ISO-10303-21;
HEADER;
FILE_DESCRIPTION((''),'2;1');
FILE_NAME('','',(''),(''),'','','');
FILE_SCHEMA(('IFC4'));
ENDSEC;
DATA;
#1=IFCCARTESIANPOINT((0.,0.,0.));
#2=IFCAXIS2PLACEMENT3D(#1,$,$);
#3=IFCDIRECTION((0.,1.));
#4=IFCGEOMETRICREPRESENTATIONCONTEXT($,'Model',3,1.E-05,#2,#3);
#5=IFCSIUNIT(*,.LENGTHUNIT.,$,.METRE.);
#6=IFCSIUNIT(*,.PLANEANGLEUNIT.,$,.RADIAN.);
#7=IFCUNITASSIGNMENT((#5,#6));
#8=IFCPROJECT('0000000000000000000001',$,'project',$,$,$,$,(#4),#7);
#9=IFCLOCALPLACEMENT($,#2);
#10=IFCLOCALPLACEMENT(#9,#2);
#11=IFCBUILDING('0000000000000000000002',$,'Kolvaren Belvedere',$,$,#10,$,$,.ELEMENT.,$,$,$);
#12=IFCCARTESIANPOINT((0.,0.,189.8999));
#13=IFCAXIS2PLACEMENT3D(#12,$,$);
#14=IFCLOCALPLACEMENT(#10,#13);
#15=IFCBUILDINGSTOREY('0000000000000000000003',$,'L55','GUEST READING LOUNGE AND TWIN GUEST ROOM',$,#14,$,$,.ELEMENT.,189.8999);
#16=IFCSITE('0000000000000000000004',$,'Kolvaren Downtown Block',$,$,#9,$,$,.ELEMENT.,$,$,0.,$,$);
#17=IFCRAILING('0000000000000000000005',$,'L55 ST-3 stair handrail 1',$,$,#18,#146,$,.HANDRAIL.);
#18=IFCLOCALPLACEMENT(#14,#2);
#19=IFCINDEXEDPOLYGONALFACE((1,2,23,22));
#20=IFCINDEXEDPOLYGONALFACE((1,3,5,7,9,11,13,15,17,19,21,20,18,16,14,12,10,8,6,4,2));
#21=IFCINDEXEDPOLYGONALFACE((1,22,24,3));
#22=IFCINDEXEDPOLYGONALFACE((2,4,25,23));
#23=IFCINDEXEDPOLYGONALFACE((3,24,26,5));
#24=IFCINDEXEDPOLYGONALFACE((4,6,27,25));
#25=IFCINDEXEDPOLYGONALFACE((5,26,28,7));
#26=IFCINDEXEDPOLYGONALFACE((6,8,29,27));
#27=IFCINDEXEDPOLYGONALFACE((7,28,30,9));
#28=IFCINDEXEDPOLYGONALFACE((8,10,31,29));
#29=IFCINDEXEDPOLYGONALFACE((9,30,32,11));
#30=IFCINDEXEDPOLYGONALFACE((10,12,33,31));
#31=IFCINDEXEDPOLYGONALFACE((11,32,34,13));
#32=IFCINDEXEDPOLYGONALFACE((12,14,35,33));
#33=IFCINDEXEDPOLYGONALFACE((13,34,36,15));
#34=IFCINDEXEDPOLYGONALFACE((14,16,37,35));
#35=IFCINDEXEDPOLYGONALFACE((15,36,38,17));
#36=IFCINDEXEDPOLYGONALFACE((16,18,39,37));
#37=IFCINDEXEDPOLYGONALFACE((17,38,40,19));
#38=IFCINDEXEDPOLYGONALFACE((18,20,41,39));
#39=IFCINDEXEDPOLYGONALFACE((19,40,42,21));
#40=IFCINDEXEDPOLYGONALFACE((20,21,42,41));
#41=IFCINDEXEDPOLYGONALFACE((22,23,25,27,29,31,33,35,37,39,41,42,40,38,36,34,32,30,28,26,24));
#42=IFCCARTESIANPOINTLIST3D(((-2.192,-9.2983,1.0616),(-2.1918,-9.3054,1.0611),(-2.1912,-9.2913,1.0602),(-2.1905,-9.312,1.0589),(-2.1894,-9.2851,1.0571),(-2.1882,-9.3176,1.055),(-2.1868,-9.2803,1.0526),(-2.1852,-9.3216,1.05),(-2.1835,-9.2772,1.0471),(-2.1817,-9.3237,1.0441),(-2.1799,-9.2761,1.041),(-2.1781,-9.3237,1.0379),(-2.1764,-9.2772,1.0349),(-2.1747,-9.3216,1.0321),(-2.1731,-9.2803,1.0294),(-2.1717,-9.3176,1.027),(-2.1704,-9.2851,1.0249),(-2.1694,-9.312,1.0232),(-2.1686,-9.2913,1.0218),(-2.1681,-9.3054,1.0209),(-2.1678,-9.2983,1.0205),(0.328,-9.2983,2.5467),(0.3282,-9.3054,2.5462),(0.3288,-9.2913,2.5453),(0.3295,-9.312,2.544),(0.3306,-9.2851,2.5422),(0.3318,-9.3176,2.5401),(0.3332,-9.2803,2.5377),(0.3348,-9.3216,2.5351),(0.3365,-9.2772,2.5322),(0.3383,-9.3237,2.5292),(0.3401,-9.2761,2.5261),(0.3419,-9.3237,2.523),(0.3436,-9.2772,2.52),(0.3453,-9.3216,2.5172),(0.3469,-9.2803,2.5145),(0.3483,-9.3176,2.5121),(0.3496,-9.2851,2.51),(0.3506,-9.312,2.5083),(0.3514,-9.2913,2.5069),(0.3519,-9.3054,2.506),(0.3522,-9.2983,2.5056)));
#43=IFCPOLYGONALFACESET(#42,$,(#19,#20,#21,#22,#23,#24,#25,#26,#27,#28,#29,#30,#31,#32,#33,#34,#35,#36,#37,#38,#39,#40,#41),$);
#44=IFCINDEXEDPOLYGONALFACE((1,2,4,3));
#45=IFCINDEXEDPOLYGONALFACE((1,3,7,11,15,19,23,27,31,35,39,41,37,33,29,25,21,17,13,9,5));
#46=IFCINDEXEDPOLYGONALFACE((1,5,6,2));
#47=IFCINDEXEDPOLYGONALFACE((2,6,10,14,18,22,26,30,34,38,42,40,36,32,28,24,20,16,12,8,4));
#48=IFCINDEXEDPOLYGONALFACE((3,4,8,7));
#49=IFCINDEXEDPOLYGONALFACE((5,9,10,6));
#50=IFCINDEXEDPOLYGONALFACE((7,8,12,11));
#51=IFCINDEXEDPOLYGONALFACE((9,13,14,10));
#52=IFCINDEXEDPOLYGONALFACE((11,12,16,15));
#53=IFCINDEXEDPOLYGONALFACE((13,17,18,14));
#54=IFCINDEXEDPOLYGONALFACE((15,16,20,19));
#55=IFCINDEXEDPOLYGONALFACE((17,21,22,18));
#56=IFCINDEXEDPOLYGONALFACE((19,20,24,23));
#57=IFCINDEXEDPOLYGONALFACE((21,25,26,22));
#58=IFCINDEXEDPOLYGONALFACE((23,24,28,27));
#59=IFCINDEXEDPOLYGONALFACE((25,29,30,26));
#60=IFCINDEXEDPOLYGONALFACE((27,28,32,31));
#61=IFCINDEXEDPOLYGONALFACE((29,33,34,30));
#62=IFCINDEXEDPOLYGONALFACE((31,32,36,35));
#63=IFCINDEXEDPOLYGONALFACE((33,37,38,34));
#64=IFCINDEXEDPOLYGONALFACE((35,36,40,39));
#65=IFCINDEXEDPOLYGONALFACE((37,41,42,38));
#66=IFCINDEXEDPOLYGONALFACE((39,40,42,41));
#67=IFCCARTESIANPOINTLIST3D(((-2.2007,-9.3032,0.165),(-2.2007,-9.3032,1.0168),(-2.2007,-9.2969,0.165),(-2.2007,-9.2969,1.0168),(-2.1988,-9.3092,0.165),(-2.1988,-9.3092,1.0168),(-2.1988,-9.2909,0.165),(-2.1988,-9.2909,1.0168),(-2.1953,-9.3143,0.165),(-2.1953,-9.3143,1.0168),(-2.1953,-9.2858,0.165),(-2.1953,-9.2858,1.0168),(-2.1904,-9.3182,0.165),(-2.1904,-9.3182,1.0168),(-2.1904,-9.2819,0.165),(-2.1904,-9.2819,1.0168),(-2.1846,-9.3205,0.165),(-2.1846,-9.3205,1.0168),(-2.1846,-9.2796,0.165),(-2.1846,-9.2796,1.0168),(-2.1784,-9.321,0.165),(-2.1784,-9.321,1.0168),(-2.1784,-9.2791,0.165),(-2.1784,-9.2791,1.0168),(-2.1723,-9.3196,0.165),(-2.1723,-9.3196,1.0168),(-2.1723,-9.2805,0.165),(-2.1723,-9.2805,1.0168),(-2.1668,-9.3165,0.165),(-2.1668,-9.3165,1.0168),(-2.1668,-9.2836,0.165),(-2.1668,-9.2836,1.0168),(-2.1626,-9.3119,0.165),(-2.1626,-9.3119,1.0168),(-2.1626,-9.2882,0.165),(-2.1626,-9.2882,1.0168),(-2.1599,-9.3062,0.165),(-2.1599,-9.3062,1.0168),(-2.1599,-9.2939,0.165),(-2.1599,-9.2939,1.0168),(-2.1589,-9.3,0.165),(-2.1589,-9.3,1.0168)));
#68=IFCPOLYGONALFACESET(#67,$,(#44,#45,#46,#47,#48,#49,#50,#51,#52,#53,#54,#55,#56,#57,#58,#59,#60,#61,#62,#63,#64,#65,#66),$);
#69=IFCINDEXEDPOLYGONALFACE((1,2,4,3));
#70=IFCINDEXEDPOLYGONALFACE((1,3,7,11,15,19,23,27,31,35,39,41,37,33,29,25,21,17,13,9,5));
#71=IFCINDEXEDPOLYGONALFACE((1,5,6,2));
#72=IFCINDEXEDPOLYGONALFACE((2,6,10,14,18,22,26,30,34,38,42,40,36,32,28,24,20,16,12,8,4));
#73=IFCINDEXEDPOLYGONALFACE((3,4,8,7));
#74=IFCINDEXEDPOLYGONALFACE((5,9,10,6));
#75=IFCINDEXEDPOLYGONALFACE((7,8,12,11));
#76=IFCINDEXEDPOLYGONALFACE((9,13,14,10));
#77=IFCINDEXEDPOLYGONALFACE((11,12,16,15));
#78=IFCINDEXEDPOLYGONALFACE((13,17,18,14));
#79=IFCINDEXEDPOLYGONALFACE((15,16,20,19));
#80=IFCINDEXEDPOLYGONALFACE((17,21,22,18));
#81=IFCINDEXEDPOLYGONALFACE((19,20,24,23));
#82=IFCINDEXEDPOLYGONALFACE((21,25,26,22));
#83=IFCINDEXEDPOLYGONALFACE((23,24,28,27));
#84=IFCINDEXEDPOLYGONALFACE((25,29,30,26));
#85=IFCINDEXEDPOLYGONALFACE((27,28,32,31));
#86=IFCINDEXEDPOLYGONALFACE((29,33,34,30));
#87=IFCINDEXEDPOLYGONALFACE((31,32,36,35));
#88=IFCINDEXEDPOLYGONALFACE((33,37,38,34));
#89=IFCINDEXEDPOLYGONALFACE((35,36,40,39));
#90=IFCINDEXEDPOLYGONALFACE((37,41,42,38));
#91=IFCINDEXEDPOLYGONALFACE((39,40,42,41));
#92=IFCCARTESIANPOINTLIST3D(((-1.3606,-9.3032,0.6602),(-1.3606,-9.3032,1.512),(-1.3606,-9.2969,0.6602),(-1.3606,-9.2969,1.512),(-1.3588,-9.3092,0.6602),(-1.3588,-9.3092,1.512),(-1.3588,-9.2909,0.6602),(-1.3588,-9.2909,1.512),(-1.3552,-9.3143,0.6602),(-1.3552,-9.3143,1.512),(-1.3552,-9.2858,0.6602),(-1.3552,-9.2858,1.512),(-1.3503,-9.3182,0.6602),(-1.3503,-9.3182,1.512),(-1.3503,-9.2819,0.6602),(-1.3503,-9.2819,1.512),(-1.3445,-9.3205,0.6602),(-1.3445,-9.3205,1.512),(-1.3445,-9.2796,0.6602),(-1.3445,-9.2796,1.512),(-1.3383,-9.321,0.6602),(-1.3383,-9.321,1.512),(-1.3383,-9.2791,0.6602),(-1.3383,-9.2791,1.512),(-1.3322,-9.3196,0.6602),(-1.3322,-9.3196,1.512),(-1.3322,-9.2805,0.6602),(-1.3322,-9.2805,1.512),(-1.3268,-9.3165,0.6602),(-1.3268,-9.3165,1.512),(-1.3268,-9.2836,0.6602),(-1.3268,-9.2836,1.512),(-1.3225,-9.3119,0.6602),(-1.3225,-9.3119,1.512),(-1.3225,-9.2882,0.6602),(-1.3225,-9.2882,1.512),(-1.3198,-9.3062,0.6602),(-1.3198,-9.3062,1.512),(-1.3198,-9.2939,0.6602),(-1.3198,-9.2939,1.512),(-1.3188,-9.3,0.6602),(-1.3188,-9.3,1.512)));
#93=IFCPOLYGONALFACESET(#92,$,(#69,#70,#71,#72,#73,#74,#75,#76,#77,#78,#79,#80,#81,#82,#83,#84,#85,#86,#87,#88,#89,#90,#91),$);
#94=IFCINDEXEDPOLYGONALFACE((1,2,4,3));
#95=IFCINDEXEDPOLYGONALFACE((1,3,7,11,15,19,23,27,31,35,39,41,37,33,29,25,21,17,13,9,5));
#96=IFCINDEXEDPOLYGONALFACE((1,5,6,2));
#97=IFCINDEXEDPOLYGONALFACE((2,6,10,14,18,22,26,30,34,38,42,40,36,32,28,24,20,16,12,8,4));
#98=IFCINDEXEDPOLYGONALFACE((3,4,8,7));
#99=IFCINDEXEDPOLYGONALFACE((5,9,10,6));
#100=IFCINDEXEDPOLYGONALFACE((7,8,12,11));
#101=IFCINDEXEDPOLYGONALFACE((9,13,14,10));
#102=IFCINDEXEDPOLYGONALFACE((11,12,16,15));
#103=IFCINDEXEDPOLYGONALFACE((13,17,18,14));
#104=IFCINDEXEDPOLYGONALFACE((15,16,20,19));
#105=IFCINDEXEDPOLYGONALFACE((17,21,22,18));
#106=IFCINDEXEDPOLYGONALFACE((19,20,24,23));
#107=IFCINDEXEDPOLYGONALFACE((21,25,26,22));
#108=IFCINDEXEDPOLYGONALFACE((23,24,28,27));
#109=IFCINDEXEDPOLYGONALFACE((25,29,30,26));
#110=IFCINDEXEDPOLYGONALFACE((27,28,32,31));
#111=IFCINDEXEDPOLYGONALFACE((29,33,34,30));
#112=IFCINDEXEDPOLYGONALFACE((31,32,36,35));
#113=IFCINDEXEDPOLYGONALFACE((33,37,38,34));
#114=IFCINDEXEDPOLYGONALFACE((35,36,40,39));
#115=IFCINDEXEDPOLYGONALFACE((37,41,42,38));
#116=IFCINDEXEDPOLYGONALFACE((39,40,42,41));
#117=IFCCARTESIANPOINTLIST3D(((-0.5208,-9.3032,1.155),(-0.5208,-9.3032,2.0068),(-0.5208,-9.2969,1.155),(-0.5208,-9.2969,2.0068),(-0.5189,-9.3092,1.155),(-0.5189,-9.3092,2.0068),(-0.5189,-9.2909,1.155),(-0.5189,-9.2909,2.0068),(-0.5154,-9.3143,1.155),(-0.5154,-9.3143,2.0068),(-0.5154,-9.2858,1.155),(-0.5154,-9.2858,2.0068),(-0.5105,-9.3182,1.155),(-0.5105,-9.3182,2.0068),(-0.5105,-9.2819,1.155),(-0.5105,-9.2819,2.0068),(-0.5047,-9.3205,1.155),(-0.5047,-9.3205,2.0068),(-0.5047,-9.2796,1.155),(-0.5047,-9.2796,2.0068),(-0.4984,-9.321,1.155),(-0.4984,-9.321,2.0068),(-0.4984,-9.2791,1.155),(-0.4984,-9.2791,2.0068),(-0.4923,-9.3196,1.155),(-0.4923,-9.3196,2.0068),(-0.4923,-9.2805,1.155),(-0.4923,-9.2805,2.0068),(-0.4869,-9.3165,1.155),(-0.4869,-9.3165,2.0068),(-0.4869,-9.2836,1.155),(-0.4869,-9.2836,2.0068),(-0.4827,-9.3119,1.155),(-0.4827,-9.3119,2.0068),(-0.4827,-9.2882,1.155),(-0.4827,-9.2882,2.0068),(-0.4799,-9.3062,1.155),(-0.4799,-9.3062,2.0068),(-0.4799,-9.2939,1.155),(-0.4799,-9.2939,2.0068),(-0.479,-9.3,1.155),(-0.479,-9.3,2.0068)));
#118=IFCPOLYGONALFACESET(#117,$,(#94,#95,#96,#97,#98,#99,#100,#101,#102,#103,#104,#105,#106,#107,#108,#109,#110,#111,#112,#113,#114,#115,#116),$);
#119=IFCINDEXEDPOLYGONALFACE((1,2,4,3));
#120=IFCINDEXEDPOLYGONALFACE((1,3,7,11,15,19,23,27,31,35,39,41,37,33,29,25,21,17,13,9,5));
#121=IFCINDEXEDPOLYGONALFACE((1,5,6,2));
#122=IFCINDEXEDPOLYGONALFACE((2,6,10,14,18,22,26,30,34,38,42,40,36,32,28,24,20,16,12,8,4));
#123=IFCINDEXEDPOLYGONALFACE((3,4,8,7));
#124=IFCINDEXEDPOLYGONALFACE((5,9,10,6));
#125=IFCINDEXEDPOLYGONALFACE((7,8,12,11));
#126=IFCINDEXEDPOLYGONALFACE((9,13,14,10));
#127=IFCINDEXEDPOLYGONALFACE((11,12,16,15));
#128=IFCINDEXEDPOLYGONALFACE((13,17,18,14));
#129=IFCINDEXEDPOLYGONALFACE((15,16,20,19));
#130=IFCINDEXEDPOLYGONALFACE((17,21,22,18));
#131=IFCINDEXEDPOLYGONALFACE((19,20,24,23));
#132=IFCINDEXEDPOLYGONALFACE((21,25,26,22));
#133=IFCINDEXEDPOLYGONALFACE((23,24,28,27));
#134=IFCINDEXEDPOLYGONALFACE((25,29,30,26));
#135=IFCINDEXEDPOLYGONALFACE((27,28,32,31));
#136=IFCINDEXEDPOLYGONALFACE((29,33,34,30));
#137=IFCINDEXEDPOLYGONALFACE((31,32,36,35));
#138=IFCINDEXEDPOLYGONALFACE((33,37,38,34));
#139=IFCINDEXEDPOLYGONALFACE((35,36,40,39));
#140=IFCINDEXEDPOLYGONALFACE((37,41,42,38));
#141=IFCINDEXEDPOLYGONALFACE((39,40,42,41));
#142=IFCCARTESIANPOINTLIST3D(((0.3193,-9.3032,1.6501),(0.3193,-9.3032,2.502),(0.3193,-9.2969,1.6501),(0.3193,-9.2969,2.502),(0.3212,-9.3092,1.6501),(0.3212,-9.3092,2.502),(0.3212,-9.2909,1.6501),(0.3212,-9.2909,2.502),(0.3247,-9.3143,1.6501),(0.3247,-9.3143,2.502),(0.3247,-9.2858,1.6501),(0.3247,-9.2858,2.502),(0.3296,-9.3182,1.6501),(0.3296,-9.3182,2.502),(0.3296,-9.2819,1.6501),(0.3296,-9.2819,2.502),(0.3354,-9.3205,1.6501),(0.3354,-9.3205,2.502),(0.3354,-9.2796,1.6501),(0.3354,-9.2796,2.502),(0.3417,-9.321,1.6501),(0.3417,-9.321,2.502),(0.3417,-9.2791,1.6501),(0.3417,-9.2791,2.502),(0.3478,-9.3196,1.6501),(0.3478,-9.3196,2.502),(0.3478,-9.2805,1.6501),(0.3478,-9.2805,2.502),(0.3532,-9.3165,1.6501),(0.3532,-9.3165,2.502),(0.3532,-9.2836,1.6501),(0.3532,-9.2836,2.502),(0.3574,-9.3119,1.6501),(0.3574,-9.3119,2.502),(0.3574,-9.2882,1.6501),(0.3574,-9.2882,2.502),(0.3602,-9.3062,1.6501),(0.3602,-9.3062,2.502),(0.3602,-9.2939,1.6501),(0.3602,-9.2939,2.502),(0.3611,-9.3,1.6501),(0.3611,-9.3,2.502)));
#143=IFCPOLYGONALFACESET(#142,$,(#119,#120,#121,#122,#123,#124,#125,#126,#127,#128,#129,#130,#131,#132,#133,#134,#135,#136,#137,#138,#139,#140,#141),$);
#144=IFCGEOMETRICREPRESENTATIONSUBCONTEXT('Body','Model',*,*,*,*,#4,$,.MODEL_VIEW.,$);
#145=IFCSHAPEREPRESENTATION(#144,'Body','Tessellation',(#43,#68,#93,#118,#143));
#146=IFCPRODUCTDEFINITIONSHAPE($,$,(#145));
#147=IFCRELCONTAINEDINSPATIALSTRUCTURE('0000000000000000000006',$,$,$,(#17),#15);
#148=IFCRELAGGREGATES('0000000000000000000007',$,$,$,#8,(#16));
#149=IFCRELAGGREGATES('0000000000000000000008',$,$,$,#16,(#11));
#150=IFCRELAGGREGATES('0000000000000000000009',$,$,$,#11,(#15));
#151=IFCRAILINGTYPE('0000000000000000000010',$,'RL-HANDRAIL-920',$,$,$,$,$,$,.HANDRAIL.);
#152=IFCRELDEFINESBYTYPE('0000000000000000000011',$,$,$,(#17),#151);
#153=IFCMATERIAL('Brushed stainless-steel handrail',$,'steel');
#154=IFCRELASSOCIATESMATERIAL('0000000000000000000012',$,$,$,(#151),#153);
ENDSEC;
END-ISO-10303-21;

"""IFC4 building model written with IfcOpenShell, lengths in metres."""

from ifc_helpers import new_model, si_unit, direction, frame, origin, origin_2d, place, context, subcontext, project, spatial, circle, extrude, material, type_object, element, save


model = new_model("IFC4")

# Units and contexts
model_context = context("Model", 3, precision=1e-05, world=origin(), true_north=direction((0.0, 1.0)))
body_context = subcontext(model_context, "Body", "Model", "MODEL_VIEW")
ifc_project = project(units=[si_unit("LENGTHUNIT", "METRE"), si_unit("PLANEANGLEUNIT", "RADIAN")], contexts=[model_context])

# Site, building, storey
site_placement = place(None, origin())
site = spatial("IfcSite", under=ifc_project, at=site_placement, Name="Kolvaren Downtown Block", CompositionType="ELEMENT", RefElevation=0.0)
building_placement = place(site_placement, origin())
building = spatial("IfcBuilding", under=site, at=building_placement, Name="Kolvaren Belvedere", CompositionType="ELEMENT")
storey_placement = place(building_placement, frame((0.0, 0.0, 189.8999)))
storey = spatial("IfcBuildingStorey", under=building, at=storey_placement, Name="L55", Description="GUEST READING LOUNGE AND TWIN GUEST ROOM", CompositionType="ELEMENT", Elevation=189.8999)

# Railing
ifc_material_1 = material(Name="Brushed stainless-steel handrail", Category="steel")
railing_type_1 = type_object("IfcRailingType", Name="RL-HANDRAIL-920", PredefinedType="HANDRAIL", material=ifc_material_1)
railing_1_placement = place(storey_placement, frame((-2.1799, -9.3, 0.165)))
element("IfcRailing", 1, at=railing_1_placement, inside=storey, type_object=railing_type_1, Name="L55 ST-3 stair handrail 1", PredefinedType="HANDRAIL", context=body_context, shape_type="SweptSolid", body=[
    extrude(circle(Radius=0.0239, at=origin_2d()), frame((0.0, 0.0, 0.876), z_axis=(0.861524, 0.0, 0.507717), x_axis=(0.0, 1.0, 0.0)), (0.0, 0.0, 1.0), 2.925),
    extrude(circle(Radius=0.021, at=origin_2d()), origin(), (0.0, 0.0, 1.0), 0.8518),
    extrude(circle(Radius=0.021, at=origin_2d()), frame((0.8401, 0.0, 0.4951)), (0.0, 0.0, 1.0), 0.8518),
    extrude(circle(Radius=0.021, at=origin_2d()), frame((1.6799, 0.0, 0.99)), (0.0, 0.0, 1.0), 0.8518),
    extrude(circle(Radius=0.021, at=origin_2d()), frame((2.52, 0.0, 1.4851)), (0.0, 0.0, 1.0), 0.8518),
])

save(model, "model.ifc")
